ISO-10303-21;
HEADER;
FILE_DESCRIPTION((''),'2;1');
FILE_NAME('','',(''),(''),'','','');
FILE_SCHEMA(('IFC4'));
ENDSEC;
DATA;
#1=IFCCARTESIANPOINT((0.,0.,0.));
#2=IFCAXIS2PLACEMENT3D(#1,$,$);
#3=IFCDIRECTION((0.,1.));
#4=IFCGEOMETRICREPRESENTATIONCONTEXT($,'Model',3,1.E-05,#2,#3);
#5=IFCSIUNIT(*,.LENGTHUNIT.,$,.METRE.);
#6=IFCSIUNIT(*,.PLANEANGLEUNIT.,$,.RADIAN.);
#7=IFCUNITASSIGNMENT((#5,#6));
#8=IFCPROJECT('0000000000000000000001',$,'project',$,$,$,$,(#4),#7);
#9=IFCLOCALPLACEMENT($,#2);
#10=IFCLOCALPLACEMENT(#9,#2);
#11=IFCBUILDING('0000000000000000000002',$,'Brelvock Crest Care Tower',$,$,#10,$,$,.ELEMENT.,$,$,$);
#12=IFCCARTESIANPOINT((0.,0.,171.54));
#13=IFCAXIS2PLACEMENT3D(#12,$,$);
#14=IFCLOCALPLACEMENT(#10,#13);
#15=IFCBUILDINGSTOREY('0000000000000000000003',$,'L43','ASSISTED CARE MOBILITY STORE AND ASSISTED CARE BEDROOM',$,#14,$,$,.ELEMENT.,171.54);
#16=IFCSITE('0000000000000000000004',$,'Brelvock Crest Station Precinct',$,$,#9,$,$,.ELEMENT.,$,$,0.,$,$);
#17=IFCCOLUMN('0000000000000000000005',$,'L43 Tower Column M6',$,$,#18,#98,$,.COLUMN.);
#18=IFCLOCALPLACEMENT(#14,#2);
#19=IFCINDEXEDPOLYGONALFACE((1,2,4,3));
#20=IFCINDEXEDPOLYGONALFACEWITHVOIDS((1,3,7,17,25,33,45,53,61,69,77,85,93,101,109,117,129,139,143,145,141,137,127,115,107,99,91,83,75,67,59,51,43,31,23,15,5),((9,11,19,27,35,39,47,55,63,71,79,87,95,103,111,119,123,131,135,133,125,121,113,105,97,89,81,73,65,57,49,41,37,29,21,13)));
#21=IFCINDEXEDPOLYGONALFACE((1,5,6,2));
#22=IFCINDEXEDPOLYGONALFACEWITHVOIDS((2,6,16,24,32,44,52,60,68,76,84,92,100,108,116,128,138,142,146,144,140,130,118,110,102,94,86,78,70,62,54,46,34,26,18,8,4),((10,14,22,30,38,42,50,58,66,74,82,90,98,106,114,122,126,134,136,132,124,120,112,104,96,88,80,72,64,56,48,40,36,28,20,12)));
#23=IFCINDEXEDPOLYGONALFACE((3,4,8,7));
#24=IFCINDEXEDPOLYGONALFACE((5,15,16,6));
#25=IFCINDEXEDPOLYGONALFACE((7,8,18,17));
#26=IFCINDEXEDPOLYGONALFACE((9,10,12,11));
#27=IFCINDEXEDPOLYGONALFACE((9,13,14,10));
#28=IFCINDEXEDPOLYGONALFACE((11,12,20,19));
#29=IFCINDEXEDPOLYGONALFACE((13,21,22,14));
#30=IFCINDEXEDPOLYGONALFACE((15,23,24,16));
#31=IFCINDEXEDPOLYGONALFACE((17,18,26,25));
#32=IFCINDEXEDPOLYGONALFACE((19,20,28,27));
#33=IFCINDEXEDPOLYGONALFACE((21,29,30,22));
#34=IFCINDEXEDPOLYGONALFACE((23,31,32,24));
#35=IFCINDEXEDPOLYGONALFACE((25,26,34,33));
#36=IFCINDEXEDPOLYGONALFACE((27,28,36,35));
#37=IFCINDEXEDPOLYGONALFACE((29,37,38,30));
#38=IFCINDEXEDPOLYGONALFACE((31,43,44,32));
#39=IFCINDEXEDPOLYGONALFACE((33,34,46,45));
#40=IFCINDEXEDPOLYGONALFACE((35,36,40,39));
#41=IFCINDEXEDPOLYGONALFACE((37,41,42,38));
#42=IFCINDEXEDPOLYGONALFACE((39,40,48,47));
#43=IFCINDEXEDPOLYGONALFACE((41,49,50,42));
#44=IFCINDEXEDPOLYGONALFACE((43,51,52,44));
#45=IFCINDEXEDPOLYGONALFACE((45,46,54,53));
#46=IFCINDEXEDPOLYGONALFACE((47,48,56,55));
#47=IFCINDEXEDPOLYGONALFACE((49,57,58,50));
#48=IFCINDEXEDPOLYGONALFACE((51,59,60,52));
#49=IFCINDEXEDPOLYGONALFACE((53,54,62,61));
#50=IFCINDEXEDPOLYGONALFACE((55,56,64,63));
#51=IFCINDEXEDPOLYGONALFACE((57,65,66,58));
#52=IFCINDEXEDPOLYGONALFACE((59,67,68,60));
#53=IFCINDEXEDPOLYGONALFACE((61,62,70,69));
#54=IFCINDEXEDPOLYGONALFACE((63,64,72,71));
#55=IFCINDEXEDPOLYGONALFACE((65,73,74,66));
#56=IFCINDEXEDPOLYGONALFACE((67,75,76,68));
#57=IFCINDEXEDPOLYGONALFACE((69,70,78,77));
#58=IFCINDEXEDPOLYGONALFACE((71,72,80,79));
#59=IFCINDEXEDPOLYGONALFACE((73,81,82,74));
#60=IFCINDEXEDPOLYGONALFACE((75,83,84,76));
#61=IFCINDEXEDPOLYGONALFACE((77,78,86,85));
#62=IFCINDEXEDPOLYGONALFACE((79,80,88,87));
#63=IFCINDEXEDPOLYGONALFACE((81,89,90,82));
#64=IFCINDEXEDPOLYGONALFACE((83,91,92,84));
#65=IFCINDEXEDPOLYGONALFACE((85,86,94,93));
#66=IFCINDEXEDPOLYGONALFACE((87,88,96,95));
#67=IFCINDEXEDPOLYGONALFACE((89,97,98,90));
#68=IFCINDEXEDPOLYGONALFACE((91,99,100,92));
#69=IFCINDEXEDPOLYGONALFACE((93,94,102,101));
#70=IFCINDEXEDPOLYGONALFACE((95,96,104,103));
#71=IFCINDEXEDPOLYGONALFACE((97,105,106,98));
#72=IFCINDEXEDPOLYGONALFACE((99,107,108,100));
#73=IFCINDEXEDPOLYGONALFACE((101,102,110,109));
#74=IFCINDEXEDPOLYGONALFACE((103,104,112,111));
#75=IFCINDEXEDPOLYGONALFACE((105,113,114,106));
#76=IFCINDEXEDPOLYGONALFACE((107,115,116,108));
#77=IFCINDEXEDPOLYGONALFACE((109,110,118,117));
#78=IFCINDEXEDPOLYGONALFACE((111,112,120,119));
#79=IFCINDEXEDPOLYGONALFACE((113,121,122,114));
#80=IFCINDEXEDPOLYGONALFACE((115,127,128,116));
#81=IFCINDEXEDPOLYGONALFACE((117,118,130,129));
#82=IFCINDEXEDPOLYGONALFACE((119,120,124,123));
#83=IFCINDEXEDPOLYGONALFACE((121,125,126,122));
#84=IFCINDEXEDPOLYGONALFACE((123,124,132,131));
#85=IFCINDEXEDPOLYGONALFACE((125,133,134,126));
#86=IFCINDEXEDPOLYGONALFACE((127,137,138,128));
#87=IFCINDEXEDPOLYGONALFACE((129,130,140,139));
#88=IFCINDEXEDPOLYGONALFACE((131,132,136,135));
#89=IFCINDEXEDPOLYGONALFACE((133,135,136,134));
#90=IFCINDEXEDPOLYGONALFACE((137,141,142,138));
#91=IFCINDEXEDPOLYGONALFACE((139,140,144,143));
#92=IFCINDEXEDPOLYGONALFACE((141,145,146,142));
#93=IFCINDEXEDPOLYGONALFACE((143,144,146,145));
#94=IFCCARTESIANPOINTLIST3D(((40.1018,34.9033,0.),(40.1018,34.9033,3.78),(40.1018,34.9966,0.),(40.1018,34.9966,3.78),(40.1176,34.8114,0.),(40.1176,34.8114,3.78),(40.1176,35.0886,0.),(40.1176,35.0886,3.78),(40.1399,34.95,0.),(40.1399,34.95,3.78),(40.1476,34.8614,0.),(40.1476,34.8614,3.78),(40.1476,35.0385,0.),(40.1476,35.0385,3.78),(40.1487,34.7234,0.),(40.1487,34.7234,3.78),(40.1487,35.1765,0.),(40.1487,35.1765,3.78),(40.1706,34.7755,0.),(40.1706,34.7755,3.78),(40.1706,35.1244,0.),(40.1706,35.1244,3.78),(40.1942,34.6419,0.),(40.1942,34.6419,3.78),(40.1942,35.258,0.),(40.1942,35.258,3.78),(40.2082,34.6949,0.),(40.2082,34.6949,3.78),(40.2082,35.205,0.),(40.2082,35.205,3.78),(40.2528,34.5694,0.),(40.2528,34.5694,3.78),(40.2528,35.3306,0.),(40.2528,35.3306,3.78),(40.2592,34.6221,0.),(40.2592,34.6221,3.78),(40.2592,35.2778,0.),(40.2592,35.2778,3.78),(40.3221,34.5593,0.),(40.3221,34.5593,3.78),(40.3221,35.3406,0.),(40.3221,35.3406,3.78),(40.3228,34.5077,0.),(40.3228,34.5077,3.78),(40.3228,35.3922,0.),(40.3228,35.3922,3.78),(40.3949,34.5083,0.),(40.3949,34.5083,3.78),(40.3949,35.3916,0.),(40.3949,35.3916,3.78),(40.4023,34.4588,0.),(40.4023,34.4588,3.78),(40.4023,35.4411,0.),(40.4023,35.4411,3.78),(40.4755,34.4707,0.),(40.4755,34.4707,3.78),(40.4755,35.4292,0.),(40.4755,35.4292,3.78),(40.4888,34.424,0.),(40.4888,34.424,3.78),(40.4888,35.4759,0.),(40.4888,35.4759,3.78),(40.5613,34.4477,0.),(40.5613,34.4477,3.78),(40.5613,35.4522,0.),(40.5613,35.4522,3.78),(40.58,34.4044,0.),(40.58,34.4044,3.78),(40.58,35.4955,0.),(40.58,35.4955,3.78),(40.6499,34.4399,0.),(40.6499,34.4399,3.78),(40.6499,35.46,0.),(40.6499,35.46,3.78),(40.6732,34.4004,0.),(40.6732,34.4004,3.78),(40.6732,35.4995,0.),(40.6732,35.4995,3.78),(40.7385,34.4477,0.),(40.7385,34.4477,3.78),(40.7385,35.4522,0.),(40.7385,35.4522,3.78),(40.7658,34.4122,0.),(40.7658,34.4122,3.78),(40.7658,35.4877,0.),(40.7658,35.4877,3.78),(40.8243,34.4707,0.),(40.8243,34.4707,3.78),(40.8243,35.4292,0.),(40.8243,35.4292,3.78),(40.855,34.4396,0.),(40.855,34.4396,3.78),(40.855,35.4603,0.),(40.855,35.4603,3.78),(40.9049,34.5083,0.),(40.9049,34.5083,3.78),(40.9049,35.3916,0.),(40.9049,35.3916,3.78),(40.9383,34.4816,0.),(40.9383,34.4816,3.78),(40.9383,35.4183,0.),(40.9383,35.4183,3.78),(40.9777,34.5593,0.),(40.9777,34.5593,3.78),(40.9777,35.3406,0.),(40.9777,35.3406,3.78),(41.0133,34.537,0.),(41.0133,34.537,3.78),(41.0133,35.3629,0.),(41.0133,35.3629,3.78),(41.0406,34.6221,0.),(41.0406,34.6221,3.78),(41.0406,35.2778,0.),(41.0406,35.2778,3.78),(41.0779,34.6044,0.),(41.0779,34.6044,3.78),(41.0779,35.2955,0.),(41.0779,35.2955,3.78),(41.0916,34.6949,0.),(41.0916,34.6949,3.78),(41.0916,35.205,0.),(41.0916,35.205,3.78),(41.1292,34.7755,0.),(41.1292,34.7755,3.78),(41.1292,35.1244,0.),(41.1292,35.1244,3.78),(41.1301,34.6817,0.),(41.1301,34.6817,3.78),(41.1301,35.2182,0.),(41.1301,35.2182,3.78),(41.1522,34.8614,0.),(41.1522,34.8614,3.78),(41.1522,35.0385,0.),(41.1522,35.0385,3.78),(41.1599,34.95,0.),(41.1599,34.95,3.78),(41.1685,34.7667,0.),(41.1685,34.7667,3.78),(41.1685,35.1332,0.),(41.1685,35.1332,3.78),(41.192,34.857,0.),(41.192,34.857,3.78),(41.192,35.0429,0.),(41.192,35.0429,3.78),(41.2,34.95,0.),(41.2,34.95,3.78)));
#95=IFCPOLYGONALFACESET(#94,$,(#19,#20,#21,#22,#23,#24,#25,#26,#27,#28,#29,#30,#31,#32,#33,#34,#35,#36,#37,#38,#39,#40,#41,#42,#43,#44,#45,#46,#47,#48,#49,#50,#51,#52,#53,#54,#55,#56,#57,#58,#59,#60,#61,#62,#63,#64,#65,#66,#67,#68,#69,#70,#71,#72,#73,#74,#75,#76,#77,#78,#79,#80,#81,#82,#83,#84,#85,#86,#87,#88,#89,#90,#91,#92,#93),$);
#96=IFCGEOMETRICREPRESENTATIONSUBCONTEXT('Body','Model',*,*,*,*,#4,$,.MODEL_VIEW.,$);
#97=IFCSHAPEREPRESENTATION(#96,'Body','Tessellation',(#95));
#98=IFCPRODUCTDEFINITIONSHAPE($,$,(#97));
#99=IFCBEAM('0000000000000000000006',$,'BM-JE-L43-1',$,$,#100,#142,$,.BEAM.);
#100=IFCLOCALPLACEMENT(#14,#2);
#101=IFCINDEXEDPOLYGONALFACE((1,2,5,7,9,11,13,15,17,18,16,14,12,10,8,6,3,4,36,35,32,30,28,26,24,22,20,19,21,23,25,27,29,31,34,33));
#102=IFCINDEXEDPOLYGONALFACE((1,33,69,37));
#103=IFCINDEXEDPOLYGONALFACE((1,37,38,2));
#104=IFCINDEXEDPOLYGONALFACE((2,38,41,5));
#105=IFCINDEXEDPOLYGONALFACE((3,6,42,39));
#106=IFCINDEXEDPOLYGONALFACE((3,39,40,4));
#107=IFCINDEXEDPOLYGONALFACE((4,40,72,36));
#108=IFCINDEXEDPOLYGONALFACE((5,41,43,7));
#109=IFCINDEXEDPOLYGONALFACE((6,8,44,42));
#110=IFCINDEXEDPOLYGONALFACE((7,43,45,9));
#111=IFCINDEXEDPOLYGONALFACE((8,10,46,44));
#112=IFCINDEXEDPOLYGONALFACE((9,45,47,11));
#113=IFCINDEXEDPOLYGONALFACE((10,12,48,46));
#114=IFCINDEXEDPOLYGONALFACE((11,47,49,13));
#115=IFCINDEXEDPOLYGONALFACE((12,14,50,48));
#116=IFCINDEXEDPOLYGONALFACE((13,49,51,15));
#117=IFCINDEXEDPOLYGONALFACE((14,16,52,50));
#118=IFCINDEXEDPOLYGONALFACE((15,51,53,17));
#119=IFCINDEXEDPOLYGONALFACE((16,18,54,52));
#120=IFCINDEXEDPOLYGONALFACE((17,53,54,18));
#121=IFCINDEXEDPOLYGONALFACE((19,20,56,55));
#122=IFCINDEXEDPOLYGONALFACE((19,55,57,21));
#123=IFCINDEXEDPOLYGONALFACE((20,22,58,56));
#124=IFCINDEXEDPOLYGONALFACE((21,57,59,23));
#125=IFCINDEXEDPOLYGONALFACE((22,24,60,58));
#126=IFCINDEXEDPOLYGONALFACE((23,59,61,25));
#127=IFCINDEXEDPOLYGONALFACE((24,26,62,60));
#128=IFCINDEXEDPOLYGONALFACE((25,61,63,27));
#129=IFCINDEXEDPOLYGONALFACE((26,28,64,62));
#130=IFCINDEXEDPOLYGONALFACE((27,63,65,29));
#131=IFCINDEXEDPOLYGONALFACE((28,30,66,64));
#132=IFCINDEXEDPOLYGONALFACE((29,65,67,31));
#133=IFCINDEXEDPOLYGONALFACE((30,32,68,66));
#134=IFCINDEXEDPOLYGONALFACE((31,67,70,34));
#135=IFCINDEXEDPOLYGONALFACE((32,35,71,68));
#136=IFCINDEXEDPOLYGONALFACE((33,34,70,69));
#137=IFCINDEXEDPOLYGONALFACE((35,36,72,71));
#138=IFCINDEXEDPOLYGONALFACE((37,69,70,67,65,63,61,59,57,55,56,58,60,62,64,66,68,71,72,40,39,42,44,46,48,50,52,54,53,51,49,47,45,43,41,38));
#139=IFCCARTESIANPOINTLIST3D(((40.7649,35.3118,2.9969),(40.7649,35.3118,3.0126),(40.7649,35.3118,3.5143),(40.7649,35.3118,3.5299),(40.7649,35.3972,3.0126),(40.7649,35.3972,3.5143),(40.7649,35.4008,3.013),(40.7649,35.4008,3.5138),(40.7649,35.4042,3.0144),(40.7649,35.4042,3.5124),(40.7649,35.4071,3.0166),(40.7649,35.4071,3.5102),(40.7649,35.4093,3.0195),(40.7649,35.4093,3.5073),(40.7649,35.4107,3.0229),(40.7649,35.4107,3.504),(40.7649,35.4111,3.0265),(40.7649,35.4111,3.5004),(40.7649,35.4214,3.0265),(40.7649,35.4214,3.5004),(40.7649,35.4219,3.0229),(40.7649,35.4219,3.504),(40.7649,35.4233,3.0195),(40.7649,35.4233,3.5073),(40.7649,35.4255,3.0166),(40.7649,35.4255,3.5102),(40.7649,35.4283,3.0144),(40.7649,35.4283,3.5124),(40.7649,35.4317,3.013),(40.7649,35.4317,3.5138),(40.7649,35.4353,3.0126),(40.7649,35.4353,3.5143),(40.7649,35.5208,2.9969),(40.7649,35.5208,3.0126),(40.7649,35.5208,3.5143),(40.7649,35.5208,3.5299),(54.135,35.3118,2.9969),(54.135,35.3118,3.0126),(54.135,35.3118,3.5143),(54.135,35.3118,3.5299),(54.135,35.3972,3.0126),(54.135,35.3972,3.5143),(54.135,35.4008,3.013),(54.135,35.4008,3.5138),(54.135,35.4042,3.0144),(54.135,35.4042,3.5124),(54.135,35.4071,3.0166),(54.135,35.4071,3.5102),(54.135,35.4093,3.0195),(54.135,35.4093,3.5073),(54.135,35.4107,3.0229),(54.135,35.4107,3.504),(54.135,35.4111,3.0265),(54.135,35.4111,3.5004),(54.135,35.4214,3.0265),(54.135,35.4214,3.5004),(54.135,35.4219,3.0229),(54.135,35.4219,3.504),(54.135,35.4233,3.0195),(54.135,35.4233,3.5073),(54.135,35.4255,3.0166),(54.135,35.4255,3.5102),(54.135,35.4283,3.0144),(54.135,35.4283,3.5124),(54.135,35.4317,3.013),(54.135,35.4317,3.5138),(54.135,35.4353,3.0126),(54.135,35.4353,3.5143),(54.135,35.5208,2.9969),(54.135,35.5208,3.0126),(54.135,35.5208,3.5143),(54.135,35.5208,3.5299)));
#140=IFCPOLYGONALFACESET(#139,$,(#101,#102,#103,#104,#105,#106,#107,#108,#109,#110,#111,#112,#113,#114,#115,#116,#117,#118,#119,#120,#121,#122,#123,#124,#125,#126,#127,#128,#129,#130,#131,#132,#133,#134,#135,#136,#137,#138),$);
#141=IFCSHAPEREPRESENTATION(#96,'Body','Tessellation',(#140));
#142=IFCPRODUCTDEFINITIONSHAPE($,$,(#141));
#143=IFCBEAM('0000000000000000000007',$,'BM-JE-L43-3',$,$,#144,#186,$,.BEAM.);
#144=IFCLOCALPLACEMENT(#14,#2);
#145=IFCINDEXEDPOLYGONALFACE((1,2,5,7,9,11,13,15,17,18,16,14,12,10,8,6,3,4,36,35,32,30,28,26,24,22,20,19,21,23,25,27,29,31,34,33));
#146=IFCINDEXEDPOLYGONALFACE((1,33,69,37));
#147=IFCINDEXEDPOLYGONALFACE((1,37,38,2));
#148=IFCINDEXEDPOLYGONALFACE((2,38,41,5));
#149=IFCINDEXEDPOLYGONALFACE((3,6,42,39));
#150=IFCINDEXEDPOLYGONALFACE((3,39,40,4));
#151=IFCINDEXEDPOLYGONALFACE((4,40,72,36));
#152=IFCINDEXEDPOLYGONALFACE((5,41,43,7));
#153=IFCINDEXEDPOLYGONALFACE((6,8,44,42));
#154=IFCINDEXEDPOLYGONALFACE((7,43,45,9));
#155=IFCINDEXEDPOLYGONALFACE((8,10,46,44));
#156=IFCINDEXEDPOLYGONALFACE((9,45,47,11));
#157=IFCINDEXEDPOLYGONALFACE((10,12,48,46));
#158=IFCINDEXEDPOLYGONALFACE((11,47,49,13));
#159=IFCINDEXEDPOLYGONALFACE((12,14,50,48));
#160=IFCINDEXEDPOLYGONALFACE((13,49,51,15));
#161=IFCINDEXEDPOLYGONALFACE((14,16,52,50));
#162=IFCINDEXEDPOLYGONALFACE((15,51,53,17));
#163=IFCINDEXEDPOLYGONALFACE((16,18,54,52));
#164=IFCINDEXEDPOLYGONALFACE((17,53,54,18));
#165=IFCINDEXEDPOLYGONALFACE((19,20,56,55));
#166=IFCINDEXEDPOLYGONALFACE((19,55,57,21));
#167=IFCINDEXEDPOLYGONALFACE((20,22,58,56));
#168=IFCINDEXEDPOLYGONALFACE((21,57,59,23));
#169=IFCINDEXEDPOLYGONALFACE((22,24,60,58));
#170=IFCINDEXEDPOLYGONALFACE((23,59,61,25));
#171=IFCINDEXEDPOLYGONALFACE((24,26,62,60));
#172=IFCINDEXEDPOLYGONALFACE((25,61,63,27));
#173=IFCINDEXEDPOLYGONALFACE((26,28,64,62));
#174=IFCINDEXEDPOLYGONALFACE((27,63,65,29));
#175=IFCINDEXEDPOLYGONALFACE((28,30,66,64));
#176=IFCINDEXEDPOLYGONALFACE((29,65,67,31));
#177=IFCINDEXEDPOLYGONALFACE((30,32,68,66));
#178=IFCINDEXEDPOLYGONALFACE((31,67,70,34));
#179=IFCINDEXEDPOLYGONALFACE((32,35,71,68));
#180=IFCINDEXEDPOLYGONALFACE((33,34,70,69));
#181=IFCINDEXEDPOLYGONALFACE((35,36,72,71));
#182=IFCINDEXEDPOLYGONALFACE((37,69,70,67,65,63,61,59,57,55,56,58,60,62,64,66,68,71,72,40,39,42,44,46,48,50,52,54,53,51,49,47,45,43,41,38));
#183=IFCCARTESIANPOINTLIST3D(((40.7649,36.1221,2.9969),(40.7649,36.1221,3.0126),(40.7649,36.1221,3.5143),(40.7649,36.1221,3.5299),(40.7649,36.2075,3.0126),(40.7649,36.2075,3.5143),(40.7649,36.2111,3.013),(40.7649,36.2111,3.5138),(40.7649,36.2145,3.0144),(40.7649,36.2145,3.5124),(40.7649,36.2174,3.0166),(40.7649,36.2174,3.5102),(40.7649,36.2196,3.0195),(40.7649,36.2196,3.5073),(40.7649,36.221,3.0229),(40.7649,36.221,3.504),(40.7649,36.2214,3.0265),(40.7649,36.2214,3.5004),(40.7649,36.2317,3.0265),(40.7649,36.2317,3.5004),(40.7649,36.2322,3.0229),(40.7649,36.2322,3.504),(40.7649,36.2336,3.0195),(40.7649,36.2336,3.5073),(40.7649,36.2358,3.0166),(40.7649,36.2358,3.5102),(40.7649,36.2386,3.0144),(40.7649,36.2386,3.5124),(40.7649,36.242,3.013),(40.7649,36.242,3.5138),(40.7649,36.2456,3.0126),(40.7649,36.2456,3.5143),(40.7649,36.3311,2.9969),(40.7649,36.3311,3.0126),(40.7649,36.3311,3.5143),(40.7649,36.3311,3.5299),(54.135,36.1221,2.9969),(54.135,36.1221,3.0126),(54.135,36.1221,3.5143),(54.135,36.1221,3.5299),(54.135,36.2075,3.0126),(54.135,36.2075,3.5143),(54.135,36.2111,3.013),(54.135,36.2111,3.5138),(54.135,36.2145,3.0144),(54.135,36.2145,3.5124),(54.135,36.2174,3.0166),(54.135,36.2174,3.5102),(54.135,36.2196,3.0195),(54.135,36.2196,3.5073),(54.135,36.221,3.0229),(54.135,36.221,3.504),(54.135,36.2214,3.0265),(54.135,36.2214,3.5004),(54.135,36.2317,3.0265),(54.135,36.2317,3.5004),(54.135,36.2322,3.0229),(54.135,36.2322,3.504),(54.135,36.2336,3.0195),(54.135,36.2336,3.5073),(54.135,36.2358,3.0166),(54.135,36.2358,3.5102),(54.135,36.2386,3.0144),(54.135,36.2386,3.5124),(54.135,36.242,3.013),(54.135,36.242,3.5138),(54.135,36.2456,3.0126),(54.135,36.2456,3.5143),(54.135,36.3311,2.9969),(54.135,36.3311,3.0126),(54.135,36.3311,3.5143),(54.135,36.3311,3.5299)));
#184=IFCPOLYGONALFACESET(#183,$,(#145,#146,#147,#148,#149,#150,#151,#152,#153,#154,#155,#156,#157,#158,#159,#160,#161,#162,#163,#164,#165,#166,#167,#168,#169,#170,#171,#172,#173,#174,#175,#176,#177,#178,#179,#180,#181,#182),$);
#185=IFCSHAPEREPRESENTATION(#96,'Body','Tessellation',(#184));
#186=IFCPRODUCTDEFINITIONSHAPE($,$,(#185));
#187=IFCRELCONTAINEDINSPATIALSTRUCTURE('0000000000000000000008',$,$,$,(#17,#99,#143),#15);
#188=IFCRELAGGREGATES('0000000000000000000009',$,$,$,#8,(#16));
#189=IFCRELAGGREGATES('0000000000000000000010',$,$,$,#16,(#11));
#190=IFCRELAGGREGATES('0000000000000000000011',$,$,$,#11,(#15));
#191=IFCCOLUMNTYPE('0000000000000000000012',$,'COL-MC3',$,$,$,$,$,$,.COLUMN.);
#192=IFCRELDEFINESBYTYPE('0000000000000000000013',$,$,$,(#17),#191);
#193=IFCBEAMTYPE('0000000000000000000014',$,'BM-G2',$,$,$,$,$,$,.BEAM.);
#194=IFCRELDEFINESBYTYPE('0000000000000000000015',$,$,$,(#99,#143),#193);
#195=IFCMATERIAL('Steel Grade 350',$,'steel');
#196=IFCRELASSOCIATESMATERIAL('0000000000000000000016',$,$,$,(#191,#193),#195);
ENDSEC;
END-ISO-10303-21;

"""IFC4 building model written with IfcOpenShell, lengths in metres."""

from ifc_helpers import new_model, si_unit, direction, frame, origin, origin_2d, place, context, subcontext, project, spatial, hollow_circle, i_section, extrude, source, transform, mapped, material, material_profile, profile_set, type_object, element, save


model = new_model("IFC4")

# Units and contexts
model_context = context("Model", 3, precision=1e-05, world=origin(), true_north=direction((0.0, 1.0)))
body_context = subcontext(model_context, "Body", "Model", "MODEL_VIEW")
ifc_project = project(units=[si_unit("LENGTHUNIT", "METRE"), si_unit("PLANEANGLEUNIT", "RADIAN")], contexts=[model_context])

# Site, building, storey
site_placement = place(None, origin())
site = spatial("IfcSite", under=ifc_project, at=site_placement, Name="Brelvock Crest Station Precinct", CompositionType="ELEMENT", RefElevation=0.0)
building_placement = place(site_placement, origin())
building = spatial("IfcBuilding", under=site, at=building_placement, Name="Brelvock Crest Care Tower", CompositionType="ELEMENT")
storey_placement = place(building_placement, frame((0.0, 0.0, 171.54)))
storey = spatial("IfcBuildingStorey", under=building, at=storey_placement, Name="L43", Description="ASSISTED CARE MOBILITY STORE AND ASSISTED CARE BEDROOM", CompositionType="ELEMENT", Elevation=171.54)

# Column
ifc_material_1 = material(Name="Steel Grade 350", Category="steel")
ifc_material_profile_1 = material_profile(ifc_material_1, hollow_circle(Radius=0.55, WallThickness=0.04, at=origin_2d()), Name="CFT1100x40")
ifc_profile_set_1 = profile_set([ifc_material_profile_1], Name="Steel Grade 350")
column_type = type_object("IfcColumnType", Name="COL-MC3", PredefinedType="COLUMN", material=ifc_profile_set_1)
shared_shape_1 = source(origin(), body_context, "Body", "SweptSolid", [
    extrude(hollow_circle(Radius=0.55, WallThickness=0.04, at=origin_2d()), origin(), (0.0, 0.0, 1.0), 3.78),
])
column_placement = place(storey_placement, frame((40.6499, 34.95, 0.0), z_axis=(0.0, 0.0, 1.0), x_axis=(1.0, 0.0, 0.0)))
element("IfcColumn", 1, at=column_placement, inside=storey, type_object=column_type, Name="L43 Tower Column M6", PredefinedType="COLUMN", context=body_context, shape_type="MappedRepresentation", body=[
    mapped(shared_shape_1, transform((0.0, 0.0, 0.0), x_axis=(1.0, 0.0, 0.0), y_axis=(0.0, 1.0, 0.0), z_axis=(0.0, 0.0, 1.0), scale=1.0)),
])

# Beams
ifc_material_profile_2 = material_profile(ifc_material_1, i_section(OverallWidth=0.209, OverallDepth=0.533, WebThickness=0.0103, FlangeThickness=0.0156, FilletRadius=0.0139, at=origin_2d()), Name="530UB92.4")
ifc_profile_set_2 = profile_set([ifc_material_profile_2], Name="Steel Grade 350")
beam_type_1 = type_object("IfcBeamType", Name="BM-G2", PredefinedType="BEAM", material=ifc_profile_set_2)
shared_shape_2 = source(origin(), body_context, "Body", "SweptSolid", [
    extrude(i_section(OverallWidth=0.209, OverallDepth=0.533, WebThickness=0.0103, FlangeThickness=0.0156, FilletRadius=0.0139, at=origin_2d()), origin(), (0.0, 0.0, 1.0), 13.3701),
])
for number, where, z_axis, x_axis, name in (
    (2, (40.7649, 35.4163, 3.2634), (1.0, 0.0, 0.0), (0.0, 1.0, 0.0), "BM-JE-L43-1"),
    (3, (40.7649, 36.2266, 3.2634), (1.0, 0.0, 0.0), (0.0, 1.0, 0.0), "BM-JE-L43-3"),
):
    element("IfcBeam", number, at=place(storey_placement, frame(where, z_axis=z_axis, x_axis=x_axis)), inside=storey, type_object=beam_type_1, Name=name, PredefinedType="BEAM", context=body_context, shape_type="MappedRepresentation", body=[
        mapped(shared_shape_2, transform((0.0, 0.0, 0.0), x_axis=(1.0, 0.0, 0.0), y_axis=(0.0, 1.0, 0.0), z_axis=(0.0, 0.0, 1.0), scale=1.0)),
    ])

save(model, "model.ifc")
